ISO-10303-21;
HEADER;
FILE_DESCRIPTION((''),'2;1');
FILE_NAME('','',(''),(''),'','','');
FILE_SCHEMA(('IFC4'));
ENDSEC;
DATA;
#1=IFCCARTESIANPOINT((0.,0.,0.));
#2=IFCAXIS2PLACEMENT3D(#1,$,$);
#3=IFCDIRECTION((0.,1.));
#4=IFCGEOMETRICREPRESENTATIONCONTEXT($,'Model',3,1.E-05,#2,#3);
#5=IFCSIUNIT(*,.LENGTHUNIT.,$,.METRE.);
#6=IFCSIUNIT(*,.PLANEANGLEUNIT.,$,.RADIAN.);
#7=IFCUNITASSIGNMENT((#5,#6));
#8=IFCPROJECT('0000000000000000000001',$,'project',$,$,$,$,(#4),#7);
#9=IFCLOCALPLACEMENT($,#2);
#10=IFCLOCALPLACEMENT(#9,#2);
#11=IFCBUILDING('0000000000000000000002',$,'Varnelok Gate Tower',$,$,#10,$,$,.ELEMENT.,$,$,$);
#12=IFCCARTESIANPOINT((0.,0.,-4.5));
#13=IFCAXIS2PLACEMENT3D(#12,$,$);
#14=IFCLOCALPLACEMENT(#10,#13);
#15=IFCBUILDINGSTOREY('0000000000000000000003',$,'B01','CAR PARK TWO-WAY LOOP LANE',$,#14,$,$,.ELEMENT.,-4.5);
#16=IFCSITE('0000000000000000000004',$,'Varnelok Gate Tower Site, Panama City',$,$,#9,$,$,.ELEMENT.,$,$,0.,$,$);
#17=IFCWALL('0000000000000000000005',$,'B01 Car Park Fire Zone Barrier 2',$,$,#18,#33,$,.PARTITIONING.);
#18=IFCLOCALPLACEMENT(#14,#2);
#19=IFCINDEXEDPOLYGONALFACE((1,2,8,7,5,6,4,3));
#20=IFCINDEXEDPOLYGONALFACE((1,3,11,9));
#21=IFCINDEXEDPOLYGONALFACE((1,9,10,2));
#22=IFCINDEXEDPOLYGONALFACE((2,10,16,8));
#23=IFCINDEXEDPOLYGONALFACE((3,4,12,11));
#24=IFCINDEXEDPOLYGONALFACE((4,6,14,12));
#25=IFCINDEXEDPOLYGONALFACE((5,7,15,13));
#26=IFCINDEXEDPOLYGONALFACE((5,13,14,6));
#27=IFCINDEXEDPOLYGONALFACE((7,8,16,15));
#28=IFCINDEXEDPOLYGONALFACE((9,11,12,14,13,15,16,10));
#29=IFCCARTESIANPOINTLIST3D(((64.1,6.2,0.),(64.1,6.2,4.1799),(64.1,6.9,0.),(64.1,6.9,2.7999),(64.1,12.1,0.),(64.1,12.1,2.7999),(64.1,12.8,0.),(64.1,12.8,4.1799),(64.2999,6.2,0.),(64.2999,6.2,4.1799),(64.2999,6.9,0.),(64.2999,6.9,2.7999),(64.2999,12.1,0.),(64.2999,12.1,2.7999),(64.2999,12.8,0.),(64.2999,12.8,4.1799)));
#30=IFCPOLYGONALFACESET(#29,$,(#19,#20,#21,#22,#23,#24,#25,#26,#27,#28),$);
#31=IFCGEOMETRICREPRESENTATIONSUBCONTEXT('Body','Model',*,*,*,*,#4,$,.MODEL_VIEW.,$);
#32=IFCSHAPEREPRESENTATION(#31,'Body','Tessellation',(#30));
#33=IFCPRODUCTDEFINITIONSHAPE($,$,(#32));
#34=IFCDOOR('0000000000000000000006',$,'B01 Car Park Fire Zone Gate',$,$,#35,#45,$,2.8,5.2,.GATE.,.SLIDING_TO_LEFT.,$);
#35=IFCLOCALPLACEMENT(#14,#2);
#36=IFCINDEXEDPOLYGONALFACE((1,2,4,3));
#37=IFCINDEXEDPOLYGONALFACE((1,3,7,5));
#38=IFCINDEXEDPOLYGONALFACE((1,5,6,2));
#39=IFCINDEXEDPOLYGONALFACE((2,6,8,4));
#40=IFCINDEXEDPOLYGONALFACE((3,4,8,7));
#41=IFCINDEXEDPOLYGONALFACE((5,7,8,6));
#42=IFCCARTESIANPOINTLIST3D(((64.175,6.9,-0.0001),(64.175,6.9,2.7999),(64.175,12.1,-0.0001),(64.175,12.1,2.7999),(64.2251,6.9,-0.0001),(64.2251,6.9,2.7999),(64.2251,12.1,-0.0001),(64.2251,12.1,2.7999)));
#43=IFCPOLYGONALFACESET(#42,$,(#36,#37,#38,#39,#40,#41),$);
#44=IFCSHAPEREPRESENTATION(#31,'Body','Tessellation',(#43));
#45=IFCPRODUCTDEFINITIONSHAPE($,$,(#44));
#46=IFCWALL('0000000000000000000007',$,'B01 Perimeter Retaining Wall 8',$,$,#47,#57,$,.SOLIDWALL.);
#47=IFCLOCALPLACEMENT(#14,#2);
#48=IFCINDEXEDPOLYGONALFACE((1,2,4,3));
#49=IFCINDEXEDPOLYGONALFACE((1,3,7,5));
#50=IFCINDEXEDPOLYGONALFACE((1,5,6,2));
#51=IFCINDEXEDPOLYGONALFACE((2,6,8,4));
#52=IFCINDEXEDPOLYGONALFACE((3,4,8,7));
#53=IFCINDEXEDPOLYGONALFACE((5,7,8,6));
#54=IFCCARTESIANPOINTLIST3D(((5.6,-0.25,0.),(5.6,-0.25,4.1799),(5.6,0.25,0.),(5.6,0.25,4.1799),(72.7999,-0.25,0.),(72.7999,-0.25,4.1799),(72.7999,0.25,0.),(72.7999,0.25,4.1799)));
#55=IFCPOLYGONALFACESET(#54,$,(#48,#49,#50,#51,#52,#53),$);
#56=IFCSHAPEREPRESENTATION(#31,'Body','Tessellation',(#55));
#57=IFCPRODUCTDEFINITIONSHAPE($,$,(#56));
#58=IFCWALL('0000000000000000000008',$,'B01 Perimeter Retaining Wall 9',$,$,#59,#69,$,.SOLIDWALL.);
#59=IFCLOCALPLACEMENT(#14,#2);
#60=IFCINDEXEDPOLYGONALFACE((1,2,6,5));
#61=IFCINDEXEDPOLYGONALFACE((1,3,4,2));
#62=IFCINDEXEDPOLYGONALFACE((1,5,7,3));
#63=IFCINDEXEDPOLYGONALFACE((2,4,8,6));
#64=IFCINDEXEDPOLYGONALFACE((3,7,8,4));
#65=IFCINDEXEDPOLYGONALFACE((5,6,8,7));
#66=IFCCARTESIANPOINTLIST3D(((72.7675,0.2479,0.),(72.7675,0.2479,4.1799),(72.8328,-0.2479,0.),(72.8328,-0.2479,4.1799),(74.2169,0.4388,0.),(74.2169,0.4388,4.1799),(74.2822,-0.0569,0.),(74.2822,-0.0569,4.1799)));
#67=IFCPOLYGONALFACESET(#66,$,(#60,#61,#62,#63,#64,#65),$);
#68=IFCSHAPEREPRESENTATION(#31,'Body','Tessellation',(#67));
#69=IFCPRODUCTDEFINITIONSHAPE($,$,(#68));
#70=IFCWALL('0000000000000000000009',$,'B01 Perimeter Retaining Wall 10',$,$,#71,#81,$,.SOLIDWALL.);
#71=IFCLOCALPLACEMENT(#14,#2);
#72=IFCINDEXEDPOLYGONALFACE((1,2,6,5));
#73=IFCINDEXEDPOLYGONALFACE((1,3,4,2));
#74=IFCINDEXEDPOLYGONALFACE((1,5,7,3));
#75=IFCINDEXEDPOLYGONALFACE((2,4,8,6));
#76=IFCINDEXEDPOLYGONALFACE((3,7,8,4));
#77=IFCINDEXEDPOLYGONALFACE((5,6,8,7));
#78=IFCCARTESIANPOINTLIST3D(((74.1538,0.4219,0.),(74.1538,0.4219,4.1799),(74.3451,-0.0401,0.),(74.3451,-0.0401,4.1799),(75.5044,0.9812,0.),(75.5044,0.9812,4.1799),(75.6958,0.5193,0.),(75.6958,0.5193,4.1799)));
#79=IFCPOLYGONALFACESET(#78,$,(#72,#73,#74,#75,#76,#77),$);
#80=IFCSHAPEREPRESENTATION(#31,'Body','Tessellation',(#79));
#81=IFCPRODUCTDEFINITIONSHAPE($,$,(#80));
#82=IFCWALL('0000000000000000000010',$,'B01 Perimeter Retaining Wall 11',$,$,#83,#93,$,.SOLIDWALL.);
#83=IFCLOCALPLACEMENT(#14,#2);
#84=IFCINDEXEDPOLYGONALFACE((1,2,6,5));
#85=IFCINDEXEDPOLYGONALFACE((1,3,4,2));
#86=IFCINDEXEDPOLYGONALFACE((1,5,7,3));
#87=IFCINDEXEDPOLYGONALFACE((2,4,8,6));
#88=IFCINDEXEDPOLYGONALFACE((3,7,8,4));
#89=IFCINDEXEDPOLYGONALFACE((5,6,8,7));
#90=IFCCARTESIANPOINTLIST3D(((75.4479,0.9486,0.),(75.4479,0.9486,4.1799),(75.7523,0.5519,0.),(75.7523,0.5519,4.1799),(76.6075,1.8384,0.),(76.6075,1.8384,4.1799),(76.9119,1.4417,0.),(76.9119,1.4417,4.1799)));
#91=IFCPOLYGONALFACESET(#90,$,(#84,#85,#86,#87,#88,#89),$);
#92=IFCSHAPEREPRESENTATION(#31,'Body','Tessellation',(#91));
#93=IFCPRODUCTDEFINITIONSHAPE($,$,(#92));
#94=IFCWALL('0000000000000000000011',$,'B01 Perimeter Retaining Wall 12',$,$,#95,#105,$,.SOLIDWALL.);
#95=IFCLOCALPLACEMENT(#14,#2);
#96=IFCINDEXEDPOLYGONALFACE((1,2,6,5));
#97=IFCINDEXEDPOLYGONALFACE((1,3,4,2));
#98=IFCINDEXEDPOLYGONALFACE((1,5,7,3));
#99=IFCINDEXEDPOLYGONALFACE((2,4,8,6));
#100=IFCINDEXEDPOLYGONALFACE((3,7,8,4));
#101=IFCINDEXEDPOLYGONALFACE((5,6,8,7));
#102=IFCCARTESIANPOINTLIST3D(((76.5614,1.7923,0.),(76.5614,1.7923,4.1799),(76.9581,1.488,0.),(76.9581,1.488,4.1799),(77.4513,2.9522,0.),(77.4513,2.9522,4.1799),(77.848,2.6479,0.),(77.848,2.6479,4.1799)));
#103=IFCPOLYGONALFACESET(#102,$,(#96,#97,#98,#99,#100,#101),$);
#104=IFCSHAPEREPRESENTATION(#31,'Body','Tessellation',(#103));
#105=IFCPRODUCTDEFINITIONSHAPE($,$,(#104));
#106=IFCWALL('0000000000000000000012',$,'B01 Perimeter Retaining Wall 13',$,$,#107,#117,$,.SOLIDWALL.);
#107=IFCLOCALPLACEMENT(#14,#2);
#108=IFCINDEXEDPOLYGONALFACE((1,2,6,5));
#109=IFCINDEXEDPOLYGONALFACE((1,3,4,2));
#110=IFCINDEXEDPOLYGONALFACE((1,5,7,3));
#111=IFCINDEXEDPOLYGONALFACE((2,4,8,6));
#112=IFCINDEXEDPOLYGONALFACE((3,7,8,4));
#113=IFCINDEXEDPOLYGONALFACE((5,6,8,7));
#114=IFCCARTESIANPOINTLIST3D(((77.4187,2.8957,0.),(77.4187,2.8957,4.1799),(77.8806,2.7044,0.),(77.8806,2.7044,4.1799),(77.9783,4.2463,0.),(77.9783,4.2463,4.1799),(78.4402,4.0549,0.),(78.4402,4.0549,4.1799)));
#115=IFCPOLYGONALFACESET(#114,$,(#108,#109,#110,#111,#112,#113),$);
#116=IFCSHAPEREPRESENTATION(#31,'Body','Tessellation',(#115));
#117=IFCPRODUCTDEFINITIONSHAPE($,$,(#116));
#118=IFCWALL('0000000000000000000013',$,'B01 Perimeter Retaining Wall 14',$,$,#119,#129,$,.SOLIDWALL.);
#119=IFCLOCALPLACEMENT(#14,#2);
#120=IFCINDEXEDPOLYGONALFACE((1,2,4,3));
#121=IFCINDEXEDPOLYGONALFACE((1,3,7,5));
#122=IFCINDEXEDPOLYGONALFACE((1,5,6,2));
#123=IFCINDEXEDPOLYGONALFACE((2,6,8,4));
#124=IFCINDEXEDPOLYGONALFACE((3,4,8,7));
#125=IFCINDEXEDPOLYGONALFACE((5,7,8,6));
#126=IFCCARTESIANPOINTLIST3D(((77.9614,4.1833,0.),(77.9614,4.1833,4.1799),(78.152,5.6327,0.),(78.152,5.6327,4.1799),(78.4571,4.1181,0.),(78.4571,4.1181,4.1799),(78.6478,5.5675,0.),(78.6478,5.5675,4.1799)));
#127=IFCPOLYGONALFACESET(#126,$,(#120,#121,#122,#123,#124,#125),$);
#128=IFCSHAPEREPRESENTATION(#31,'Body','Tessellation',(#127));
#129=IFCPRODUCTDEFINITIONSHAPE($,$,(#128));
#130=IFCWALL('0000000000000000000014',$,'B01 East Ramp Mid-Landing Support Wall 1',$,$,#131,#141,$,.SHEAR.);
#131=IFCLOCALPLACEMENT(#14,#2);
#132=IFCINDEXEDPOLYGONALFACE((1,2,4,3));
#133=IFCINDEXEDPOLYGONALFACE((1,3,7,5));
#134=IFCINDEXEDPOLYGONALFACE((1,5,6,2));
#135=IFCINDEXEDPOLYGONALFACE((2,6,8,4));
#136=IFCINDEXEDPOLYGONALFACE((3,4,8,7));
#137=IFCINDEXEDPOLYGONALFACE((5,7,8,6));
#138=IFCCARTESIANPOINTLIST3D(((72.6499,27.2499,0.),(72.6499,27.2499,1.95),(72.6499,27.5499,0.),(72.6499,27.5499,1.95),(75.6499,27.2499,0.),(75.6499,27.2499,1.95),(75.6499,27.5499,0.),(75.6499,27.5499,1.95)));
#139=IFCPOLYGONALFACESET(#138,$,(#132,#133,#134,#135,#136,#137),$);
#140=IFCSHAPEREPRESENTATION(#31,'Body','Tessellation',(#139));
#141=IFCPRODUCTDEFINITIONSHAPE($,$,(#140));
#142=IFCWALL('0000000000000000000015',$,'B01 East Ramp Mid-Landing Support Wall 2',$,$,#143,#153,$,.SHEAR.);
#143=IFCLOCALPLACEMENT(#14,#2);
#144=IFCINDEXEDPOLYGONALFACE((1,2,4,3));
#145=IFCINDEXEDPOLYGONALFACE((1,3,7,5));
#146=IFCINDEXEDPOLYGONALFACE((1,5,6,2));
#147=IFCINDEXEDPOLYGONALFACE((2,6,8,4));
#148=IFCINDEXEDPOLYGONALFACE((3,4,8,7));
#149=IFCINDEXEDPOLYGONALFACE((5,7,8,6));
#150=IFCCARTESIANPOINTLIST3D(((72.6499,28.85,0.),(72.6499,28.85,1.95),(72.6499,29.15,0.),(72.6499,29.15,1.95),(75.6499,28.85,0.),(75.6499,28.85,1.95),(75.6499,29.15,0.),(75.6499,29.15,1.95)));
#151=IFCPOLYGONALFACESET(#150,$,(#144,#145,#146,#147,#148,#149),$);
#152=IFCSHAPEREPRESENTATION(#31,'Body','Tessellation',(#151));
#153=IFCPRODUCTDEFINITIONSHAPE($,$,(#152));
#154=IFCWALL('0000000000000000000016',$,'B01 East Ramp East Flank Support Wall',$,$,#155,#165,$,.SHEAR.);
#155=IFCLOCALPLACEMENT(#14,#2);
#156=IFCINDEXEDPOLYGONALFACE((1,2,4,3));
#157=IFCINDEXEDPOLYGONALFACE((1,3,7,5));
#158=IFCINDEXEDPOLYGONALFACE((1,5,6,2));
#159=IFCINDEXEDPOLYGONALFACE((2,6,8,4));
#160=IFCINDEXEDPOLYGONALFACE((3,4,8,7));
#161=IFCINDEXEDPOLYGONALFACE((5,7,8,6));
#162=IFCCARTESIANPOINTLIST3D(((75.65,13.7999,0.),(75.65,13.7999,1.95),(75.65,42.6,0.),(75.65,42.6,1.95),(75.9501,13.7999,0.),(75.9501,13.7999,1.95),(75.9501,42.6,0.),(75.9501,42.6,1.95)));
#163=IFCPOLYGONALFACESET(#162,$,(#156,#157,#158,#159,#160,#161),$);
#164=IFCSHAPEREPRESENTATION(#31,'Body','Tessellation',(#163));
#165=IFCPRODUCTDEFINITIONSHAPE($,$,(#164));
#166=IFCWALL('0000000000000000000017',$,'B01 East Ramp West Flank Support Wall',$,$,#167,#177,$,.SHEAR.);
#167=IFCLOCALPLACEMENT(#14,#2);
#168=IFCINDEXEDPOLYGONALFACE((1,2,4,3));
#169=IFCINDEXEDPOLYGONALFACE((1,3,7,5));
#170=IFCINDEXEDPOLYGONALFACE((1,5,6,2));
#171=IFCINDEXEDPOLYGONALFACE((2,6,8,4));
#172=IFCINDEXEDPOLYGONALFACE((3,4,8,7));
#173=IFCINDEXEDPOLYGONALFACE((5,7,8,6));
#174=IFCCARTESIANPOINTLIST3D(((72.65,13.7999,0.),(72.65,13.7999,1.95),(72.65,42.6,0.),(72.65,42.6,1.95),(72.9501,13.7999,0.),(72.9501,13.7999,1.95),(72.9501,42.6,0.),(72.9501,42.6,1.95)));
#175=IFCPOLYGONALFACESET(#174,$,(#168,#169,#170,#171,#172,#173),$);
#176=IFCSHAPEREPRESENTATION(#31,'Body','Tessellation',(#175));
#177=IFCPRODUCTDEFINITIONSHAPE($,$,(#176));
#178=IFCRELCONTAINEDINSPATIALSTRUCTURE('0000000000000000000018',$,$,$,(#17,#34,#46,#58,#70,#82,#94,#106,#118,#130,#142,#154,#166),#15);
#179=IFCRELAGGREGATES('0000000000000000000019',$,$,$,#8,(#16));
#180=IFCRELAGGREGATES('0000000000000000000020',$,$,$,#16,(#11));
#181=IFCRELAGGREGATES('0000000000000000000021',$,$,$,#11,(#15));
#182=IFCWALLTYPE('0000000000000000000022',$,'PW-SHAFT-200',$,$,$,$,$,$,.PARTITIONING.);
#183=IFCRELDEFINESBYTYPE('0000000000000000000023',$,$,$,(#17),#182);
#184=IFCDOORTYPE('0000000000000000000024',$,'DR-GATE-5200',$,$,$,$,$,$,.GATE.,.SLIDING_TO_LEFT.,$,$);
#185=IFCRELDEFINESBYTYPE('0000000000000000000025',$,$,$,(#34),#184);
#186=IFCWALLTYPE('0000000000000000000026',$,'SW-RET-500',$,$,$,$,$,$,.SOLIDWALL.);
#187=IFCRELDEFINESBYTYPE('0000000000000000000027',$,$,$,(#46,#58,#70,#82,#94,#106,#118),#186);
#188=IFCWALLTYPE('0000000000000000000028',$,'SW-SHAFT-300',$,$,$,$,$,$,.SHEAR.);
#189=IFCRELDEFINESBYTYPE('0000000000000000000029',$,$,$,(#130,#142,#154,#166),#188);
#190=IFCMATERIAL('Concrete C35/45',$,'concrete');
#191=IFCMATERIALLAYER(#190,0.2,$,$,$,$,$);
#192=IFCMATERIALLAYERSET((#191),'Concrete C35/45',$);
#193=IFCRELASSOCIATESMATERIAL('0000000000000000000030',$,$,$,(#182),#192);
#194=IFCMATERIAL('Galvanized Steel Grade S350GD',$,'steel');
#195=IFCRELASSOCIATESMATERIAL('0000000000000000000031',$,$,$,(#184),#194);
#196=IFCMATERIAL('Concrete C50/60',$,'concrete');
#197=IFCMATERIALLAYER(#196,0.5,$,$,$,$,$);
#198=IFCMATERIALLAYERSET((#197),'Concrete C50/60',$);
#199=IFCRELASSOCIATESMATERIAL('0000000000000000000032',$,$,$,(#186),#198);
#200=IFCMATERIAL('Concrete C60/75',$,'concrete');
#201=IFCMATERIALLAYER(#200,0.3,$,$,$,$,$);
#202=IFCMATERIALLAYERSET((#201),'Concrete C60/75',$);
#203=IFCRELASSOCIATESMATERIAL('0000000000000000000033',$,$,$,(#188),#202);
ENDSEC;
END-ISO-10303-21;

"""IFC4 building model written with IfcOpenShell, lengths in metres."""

from ifc_helpers import new_model, si_unit, direction, frame, frame_2d, origin, place, context, subcontext, project, spatial, rectangle, extrude, material, layer, layer_set, type_object, element, fill, save


model = new_model("IFC4")

# Units and contexts
model_context = context("Model", 3, precision=1e-05, world=origin(), true_north=direction((0.0, 1.0)))
body_context = subcontext(model_context, "Body", "Model", "MODEL_VIEW")
ifc_project = project(units=[si_unit("LENGTHUNIT", "METRE"), si_unit("PLANEANGLEUNIT", "RADIAN")], contexts=[model_context])

# Site, building, storey
site_placement = place(None, origin())
site = spatial("IfcSite", under=ifc_project, at=site_placement, Name="Varnelok Gate Tower Site, Panama City", CompositionType="ELEMENT", RefElevation=0.0)
building_placement = place(site_placement, origin())
building = spatial("IfcBuilding", under=site, at=building_placement, Name="Varnelok Gate Tower", CompositionType="ELEMENT")
storey_placement = place(building_placement, frame((0.0, 0.0, -4.5)))
storey = spatial("IfcBuildingStorey", under=building, at=storey_placement, Name="B01", Description="CAR PARK TWO-WAY LOOP LANE", CompositionType="ELEMENT", Elevation=-4.5)

# Shared definitions
ifc_material_1 = material(Name="Concrete C60/75", Category="concrete")

# Shared definitions
ifc_material_2 = material(Name="Concrete C50/60", Category="concrete")

# Shared definitions
ifc_material_3 = material(Name="Galvanized Steel Grade S350GD", Category="steel")

# Wall, opening, door
ifc_material_4 = material(Name="Concrete C35/45", Category="concrete")
ifc_layer_1 = layer(ifc_material_4, 0.2)
ifc_layer_set_1 = layer_set([ifc_layer_1], Name="Concrete C35/45")
wall_type_1 = type_object("IfcWallType", Name="PW-SHAFT-200", PredefinedType="PARTITIONING", material=ifc_layer_set_1)
wall_1_placement = place(storey_placement, frame((64.2, 6.2, 0.0), z_axis=(0.0, 0.0, 1.0), x_axis=(0.0, 1.0, 0.0)))
wall_1 = element("IfcWall", 1, at=wall_1_placement, inside=storey, type_object=wall_type_1, Name="B01 Car Park Fire Zone Barrier 2", PredefinedType="PARTITIONING", context=body_context, shape_type="SweptSolid", body=[
    extrude(rectangle(XDim=6.6001, YDim=0.2, at=frame_2d((3.3, 0.0))), origin(), (0.0, 0.0, 1.0), 4.1799),
])
opening_1_placement = place(wall_1_placement, frame((0.7, 0.0, 0.0)))
opening_1 = element("IfcOpeningElement", 2, at=opening_1_placement, cuts=wall_1, PredefinedType="OPENING", context=body_context, shape_type="SweptSolid", body=[
    extrude(rectangle(XDim=5.2, YDim=2.8, at=frame_2d((2.6001, 1.3999))), frame((0.0, 0.1099, 0.0), z_axis=(0.0, -1.0, 0.0), x_axis=(1.0, 0.0, 0.0)), (0.0, 0.0, 1.0), 0.22),
])
door_type_1 = type_object("IfcDoorType", Name="DR-GATE-5200", OperationType="SLIDING_TO_LEFT", PredefinedType="GATE", material=ifc_material_3)
door_1_placement = place(opening_1_placement, origin())
door_1 = element("IfcDoor", 3, at=door_1_placement, inside=storey, type_object=door_type_1, Name="B01 Car Park Fire Zone Gate", OperationType="SLIDING_TO_LEFT", OverallHeight=2.8, OverallWidth=5.2, PredefinedType="GATE", context=body_context, shape_type="SweptSolid", body=[
    extrude(rectangle(XDim=5.2, YDim=2.8, at=frame_2d((2.6001, 1.3999))), frame((0.0, 0.0249, 0.0), z_axis=(0.0, -1.0, 0.0), x_axis=(1.0, 0.0, 0.0)), (0.0, 0.0, 1.0), 0.05),
])
fill(opening_1, door_1)

# Walls
ifc_layer_2 = layer(ifc_material_2, 0.5)
ifc_layer_set_2 = layer_set([ifc_layer_2], Name="Concrete C50/60")
wall_type_2 = type_object("IfcWallType", Name="SW-RET-500", PredefinedType="SOLIDWALL", material=ifc_layer_set_2)
wall_2_placement = place(storey_placement, frame((72.8, 0.0, 0.0), z_axis=(0.0, 0.0, 1.0), x_axis=(-1.0, 0.0, 0.0)))
element("IfcWall", 4, at=wall_2_placement, inside=storey, type_object=wall_type_2, Name="B01 Perimeter Retaining Wall 8", PredefinedType="SOLIDWALL", context=body_context, shape_type="SweptSolid", body=[
    extrude(rectangle(XDim=67.2, YDim=0.5, at=frame_2d((33.6001, 0.0))), origin(), (0.0, 0.0, 1.0), 4.1799),
])
for number, where, z_axis, x_axis, name in (
    (5, (74.2495, 0.1909, 0.0), (0.0, 0.0, 1.0), (-0.991437, -0.130588, 0.0), "B01 Perimeter Retaining Wall 9"),
    (6, (75.6001, 0.7502, 0.0), (0.0, 0.0, 1.0), (-0.923905, -0.382622, 0.0), "B01 Perimeter Retaining Wall 10"),
):
    element("IfcWall", number, at=place(storey_placement, frame(where, z_axis=z_axis, x_axis=x_axis)), inside=storey, type_object=wall_type_2, Name=name, PredefinedType="SOLIDWALL", context=body_context, shape_type="SweptSolid", body=[
        extrude(rectangle(XDim=1.4619, YDim=0.5, at=frame_2d((0.731, 0.0))), origin(), (0.0, 0.0, 1.0), 4.1799),
    ])
wall_3_placement = place(storey_placement, frame((76.7598, 1.6401, 0.0), z_axis=(0.0, 0.0, 1.0), x_axis=(-0.793337, -0.608782, 0.0)))
element("IfcWall", 7, at=wall_3_placement, inside=storey, type_object=wall_type_2, Name="B01 Perimeter Retaining Wall 11", PredefinedType="SOLIDWALL", context=body_context, shape_type="SweptSolid", body=[
    extrude(rectangle(XDim=1.4617, YDim=0.5, at=frame_2d((0.731, 0.0))), origin(), (0.0, 0.0, 1.0), 4.1799),
])
for number, where, z_axis, x_axis, name in (
    (8, (77.6497, 2.8, 0.0), (0.0, 0.0, 1.0), (-0.608701, -0.793399, 0.0), "B01 Perimeter Retaining Wall 12"),
    (9, (78.2092, 4.1506, 0.0), (0.0, 0.0, 1.0), (-0.382765, -0.923846, 0.0), "B01 Perimeter Retaining Wall 13"),
    (10, (78.3999, 5.6001, 0.0), (0.0, 0.0, 1.0), (-0.130424, -0.991458, 0.0), "B01 Perimeter Retaining Wall 14"),
):
    element("IfcWall", number, at=place(storey_placement, frame(where, z_axis=z_axis, x_axis=x_axis)), inside=storey, type_object=wall_type_2, Name=name, PredefinedType="SOLIDWALL", context=body_context, shape_type="SweptSolid", body=[
        extrude(rectangle(XDim=1.4619, YDim=0.5, at=frame_2d((0.731, 0.0))), origin(), (0.0, 0.0, 1.0), 4.1799),
    ])
ifc_layer_3 = layer(ifc_material_1, 0.3)
ifc_layer_set_3 = layer_set([ifc_layer_3], Name="Concrete C60/75")
wall_type_3 = type_object("IfcWallType", Name="SW-SHAFT-300", PredefinedType="SHEAR", material=ifc_layer_set_3)
for number, where, z_axis, x_axis, name in (
    (11, (72.6499, 27.3999, 0.0), (0.0, 0.0, 1.0), (1.0, 0.0, 0.0), "B01 East Ramp Mid-Landing Support Wall 1"),
    (12, (72.6499, 29.0, 0.0), (0.0, 0.0, 1.0), (1.0, 0.0, 0.0), "B01 East Ramp Mid-Landing Support Wall 2"),
):
    element("IfcWall", number, at=place(storey_placement, frame(where, z_axis=z_axis, x_axis=x_axis)), inside=storey, type_object=wall_type_3, Name=name, PredefinedType="SHEAR", context=body_context, shape_type="SweptSolid", body=[
        extrude(rectangle(XDim=3.0, YDim=0.3, at=frame_2d((1.5, 0.0))), origin(), (0.0, 0.0, 1.0), 1.95),
    ])
for number, where, z_axis, x_axis, name in (
    (13, (75.8, 13.8, 0.0), (0.0, 0.0, 1.0), (0.0, 1.0, 0.0), "B01 East Ramp East Flank Support Wall"),
    (14, (72.8, 13.8, 0.0), (0.0, 0.0, 1.0), (0.0, 1.0, 0.0), "B01 East Ramp West Flank Support Wall"),
):
    element("IfcWall", number, at=place(storey_placement, frame(where, z_axis=z_axis, x_axis=x_axis)), inside=storey, type_object=wall_type_3, Name=name, PredefinedType="SHEAR", context=body_context, shape_type="SweptSolid", body=[
        extrude(rectangle(XDim=28.8, YDim=0.3, at=frame_2d((14.3999, 0.0))), origin(), (0.0, 0.0, 1.0), 1.95),
    ])

save(model, "model.ifc")
